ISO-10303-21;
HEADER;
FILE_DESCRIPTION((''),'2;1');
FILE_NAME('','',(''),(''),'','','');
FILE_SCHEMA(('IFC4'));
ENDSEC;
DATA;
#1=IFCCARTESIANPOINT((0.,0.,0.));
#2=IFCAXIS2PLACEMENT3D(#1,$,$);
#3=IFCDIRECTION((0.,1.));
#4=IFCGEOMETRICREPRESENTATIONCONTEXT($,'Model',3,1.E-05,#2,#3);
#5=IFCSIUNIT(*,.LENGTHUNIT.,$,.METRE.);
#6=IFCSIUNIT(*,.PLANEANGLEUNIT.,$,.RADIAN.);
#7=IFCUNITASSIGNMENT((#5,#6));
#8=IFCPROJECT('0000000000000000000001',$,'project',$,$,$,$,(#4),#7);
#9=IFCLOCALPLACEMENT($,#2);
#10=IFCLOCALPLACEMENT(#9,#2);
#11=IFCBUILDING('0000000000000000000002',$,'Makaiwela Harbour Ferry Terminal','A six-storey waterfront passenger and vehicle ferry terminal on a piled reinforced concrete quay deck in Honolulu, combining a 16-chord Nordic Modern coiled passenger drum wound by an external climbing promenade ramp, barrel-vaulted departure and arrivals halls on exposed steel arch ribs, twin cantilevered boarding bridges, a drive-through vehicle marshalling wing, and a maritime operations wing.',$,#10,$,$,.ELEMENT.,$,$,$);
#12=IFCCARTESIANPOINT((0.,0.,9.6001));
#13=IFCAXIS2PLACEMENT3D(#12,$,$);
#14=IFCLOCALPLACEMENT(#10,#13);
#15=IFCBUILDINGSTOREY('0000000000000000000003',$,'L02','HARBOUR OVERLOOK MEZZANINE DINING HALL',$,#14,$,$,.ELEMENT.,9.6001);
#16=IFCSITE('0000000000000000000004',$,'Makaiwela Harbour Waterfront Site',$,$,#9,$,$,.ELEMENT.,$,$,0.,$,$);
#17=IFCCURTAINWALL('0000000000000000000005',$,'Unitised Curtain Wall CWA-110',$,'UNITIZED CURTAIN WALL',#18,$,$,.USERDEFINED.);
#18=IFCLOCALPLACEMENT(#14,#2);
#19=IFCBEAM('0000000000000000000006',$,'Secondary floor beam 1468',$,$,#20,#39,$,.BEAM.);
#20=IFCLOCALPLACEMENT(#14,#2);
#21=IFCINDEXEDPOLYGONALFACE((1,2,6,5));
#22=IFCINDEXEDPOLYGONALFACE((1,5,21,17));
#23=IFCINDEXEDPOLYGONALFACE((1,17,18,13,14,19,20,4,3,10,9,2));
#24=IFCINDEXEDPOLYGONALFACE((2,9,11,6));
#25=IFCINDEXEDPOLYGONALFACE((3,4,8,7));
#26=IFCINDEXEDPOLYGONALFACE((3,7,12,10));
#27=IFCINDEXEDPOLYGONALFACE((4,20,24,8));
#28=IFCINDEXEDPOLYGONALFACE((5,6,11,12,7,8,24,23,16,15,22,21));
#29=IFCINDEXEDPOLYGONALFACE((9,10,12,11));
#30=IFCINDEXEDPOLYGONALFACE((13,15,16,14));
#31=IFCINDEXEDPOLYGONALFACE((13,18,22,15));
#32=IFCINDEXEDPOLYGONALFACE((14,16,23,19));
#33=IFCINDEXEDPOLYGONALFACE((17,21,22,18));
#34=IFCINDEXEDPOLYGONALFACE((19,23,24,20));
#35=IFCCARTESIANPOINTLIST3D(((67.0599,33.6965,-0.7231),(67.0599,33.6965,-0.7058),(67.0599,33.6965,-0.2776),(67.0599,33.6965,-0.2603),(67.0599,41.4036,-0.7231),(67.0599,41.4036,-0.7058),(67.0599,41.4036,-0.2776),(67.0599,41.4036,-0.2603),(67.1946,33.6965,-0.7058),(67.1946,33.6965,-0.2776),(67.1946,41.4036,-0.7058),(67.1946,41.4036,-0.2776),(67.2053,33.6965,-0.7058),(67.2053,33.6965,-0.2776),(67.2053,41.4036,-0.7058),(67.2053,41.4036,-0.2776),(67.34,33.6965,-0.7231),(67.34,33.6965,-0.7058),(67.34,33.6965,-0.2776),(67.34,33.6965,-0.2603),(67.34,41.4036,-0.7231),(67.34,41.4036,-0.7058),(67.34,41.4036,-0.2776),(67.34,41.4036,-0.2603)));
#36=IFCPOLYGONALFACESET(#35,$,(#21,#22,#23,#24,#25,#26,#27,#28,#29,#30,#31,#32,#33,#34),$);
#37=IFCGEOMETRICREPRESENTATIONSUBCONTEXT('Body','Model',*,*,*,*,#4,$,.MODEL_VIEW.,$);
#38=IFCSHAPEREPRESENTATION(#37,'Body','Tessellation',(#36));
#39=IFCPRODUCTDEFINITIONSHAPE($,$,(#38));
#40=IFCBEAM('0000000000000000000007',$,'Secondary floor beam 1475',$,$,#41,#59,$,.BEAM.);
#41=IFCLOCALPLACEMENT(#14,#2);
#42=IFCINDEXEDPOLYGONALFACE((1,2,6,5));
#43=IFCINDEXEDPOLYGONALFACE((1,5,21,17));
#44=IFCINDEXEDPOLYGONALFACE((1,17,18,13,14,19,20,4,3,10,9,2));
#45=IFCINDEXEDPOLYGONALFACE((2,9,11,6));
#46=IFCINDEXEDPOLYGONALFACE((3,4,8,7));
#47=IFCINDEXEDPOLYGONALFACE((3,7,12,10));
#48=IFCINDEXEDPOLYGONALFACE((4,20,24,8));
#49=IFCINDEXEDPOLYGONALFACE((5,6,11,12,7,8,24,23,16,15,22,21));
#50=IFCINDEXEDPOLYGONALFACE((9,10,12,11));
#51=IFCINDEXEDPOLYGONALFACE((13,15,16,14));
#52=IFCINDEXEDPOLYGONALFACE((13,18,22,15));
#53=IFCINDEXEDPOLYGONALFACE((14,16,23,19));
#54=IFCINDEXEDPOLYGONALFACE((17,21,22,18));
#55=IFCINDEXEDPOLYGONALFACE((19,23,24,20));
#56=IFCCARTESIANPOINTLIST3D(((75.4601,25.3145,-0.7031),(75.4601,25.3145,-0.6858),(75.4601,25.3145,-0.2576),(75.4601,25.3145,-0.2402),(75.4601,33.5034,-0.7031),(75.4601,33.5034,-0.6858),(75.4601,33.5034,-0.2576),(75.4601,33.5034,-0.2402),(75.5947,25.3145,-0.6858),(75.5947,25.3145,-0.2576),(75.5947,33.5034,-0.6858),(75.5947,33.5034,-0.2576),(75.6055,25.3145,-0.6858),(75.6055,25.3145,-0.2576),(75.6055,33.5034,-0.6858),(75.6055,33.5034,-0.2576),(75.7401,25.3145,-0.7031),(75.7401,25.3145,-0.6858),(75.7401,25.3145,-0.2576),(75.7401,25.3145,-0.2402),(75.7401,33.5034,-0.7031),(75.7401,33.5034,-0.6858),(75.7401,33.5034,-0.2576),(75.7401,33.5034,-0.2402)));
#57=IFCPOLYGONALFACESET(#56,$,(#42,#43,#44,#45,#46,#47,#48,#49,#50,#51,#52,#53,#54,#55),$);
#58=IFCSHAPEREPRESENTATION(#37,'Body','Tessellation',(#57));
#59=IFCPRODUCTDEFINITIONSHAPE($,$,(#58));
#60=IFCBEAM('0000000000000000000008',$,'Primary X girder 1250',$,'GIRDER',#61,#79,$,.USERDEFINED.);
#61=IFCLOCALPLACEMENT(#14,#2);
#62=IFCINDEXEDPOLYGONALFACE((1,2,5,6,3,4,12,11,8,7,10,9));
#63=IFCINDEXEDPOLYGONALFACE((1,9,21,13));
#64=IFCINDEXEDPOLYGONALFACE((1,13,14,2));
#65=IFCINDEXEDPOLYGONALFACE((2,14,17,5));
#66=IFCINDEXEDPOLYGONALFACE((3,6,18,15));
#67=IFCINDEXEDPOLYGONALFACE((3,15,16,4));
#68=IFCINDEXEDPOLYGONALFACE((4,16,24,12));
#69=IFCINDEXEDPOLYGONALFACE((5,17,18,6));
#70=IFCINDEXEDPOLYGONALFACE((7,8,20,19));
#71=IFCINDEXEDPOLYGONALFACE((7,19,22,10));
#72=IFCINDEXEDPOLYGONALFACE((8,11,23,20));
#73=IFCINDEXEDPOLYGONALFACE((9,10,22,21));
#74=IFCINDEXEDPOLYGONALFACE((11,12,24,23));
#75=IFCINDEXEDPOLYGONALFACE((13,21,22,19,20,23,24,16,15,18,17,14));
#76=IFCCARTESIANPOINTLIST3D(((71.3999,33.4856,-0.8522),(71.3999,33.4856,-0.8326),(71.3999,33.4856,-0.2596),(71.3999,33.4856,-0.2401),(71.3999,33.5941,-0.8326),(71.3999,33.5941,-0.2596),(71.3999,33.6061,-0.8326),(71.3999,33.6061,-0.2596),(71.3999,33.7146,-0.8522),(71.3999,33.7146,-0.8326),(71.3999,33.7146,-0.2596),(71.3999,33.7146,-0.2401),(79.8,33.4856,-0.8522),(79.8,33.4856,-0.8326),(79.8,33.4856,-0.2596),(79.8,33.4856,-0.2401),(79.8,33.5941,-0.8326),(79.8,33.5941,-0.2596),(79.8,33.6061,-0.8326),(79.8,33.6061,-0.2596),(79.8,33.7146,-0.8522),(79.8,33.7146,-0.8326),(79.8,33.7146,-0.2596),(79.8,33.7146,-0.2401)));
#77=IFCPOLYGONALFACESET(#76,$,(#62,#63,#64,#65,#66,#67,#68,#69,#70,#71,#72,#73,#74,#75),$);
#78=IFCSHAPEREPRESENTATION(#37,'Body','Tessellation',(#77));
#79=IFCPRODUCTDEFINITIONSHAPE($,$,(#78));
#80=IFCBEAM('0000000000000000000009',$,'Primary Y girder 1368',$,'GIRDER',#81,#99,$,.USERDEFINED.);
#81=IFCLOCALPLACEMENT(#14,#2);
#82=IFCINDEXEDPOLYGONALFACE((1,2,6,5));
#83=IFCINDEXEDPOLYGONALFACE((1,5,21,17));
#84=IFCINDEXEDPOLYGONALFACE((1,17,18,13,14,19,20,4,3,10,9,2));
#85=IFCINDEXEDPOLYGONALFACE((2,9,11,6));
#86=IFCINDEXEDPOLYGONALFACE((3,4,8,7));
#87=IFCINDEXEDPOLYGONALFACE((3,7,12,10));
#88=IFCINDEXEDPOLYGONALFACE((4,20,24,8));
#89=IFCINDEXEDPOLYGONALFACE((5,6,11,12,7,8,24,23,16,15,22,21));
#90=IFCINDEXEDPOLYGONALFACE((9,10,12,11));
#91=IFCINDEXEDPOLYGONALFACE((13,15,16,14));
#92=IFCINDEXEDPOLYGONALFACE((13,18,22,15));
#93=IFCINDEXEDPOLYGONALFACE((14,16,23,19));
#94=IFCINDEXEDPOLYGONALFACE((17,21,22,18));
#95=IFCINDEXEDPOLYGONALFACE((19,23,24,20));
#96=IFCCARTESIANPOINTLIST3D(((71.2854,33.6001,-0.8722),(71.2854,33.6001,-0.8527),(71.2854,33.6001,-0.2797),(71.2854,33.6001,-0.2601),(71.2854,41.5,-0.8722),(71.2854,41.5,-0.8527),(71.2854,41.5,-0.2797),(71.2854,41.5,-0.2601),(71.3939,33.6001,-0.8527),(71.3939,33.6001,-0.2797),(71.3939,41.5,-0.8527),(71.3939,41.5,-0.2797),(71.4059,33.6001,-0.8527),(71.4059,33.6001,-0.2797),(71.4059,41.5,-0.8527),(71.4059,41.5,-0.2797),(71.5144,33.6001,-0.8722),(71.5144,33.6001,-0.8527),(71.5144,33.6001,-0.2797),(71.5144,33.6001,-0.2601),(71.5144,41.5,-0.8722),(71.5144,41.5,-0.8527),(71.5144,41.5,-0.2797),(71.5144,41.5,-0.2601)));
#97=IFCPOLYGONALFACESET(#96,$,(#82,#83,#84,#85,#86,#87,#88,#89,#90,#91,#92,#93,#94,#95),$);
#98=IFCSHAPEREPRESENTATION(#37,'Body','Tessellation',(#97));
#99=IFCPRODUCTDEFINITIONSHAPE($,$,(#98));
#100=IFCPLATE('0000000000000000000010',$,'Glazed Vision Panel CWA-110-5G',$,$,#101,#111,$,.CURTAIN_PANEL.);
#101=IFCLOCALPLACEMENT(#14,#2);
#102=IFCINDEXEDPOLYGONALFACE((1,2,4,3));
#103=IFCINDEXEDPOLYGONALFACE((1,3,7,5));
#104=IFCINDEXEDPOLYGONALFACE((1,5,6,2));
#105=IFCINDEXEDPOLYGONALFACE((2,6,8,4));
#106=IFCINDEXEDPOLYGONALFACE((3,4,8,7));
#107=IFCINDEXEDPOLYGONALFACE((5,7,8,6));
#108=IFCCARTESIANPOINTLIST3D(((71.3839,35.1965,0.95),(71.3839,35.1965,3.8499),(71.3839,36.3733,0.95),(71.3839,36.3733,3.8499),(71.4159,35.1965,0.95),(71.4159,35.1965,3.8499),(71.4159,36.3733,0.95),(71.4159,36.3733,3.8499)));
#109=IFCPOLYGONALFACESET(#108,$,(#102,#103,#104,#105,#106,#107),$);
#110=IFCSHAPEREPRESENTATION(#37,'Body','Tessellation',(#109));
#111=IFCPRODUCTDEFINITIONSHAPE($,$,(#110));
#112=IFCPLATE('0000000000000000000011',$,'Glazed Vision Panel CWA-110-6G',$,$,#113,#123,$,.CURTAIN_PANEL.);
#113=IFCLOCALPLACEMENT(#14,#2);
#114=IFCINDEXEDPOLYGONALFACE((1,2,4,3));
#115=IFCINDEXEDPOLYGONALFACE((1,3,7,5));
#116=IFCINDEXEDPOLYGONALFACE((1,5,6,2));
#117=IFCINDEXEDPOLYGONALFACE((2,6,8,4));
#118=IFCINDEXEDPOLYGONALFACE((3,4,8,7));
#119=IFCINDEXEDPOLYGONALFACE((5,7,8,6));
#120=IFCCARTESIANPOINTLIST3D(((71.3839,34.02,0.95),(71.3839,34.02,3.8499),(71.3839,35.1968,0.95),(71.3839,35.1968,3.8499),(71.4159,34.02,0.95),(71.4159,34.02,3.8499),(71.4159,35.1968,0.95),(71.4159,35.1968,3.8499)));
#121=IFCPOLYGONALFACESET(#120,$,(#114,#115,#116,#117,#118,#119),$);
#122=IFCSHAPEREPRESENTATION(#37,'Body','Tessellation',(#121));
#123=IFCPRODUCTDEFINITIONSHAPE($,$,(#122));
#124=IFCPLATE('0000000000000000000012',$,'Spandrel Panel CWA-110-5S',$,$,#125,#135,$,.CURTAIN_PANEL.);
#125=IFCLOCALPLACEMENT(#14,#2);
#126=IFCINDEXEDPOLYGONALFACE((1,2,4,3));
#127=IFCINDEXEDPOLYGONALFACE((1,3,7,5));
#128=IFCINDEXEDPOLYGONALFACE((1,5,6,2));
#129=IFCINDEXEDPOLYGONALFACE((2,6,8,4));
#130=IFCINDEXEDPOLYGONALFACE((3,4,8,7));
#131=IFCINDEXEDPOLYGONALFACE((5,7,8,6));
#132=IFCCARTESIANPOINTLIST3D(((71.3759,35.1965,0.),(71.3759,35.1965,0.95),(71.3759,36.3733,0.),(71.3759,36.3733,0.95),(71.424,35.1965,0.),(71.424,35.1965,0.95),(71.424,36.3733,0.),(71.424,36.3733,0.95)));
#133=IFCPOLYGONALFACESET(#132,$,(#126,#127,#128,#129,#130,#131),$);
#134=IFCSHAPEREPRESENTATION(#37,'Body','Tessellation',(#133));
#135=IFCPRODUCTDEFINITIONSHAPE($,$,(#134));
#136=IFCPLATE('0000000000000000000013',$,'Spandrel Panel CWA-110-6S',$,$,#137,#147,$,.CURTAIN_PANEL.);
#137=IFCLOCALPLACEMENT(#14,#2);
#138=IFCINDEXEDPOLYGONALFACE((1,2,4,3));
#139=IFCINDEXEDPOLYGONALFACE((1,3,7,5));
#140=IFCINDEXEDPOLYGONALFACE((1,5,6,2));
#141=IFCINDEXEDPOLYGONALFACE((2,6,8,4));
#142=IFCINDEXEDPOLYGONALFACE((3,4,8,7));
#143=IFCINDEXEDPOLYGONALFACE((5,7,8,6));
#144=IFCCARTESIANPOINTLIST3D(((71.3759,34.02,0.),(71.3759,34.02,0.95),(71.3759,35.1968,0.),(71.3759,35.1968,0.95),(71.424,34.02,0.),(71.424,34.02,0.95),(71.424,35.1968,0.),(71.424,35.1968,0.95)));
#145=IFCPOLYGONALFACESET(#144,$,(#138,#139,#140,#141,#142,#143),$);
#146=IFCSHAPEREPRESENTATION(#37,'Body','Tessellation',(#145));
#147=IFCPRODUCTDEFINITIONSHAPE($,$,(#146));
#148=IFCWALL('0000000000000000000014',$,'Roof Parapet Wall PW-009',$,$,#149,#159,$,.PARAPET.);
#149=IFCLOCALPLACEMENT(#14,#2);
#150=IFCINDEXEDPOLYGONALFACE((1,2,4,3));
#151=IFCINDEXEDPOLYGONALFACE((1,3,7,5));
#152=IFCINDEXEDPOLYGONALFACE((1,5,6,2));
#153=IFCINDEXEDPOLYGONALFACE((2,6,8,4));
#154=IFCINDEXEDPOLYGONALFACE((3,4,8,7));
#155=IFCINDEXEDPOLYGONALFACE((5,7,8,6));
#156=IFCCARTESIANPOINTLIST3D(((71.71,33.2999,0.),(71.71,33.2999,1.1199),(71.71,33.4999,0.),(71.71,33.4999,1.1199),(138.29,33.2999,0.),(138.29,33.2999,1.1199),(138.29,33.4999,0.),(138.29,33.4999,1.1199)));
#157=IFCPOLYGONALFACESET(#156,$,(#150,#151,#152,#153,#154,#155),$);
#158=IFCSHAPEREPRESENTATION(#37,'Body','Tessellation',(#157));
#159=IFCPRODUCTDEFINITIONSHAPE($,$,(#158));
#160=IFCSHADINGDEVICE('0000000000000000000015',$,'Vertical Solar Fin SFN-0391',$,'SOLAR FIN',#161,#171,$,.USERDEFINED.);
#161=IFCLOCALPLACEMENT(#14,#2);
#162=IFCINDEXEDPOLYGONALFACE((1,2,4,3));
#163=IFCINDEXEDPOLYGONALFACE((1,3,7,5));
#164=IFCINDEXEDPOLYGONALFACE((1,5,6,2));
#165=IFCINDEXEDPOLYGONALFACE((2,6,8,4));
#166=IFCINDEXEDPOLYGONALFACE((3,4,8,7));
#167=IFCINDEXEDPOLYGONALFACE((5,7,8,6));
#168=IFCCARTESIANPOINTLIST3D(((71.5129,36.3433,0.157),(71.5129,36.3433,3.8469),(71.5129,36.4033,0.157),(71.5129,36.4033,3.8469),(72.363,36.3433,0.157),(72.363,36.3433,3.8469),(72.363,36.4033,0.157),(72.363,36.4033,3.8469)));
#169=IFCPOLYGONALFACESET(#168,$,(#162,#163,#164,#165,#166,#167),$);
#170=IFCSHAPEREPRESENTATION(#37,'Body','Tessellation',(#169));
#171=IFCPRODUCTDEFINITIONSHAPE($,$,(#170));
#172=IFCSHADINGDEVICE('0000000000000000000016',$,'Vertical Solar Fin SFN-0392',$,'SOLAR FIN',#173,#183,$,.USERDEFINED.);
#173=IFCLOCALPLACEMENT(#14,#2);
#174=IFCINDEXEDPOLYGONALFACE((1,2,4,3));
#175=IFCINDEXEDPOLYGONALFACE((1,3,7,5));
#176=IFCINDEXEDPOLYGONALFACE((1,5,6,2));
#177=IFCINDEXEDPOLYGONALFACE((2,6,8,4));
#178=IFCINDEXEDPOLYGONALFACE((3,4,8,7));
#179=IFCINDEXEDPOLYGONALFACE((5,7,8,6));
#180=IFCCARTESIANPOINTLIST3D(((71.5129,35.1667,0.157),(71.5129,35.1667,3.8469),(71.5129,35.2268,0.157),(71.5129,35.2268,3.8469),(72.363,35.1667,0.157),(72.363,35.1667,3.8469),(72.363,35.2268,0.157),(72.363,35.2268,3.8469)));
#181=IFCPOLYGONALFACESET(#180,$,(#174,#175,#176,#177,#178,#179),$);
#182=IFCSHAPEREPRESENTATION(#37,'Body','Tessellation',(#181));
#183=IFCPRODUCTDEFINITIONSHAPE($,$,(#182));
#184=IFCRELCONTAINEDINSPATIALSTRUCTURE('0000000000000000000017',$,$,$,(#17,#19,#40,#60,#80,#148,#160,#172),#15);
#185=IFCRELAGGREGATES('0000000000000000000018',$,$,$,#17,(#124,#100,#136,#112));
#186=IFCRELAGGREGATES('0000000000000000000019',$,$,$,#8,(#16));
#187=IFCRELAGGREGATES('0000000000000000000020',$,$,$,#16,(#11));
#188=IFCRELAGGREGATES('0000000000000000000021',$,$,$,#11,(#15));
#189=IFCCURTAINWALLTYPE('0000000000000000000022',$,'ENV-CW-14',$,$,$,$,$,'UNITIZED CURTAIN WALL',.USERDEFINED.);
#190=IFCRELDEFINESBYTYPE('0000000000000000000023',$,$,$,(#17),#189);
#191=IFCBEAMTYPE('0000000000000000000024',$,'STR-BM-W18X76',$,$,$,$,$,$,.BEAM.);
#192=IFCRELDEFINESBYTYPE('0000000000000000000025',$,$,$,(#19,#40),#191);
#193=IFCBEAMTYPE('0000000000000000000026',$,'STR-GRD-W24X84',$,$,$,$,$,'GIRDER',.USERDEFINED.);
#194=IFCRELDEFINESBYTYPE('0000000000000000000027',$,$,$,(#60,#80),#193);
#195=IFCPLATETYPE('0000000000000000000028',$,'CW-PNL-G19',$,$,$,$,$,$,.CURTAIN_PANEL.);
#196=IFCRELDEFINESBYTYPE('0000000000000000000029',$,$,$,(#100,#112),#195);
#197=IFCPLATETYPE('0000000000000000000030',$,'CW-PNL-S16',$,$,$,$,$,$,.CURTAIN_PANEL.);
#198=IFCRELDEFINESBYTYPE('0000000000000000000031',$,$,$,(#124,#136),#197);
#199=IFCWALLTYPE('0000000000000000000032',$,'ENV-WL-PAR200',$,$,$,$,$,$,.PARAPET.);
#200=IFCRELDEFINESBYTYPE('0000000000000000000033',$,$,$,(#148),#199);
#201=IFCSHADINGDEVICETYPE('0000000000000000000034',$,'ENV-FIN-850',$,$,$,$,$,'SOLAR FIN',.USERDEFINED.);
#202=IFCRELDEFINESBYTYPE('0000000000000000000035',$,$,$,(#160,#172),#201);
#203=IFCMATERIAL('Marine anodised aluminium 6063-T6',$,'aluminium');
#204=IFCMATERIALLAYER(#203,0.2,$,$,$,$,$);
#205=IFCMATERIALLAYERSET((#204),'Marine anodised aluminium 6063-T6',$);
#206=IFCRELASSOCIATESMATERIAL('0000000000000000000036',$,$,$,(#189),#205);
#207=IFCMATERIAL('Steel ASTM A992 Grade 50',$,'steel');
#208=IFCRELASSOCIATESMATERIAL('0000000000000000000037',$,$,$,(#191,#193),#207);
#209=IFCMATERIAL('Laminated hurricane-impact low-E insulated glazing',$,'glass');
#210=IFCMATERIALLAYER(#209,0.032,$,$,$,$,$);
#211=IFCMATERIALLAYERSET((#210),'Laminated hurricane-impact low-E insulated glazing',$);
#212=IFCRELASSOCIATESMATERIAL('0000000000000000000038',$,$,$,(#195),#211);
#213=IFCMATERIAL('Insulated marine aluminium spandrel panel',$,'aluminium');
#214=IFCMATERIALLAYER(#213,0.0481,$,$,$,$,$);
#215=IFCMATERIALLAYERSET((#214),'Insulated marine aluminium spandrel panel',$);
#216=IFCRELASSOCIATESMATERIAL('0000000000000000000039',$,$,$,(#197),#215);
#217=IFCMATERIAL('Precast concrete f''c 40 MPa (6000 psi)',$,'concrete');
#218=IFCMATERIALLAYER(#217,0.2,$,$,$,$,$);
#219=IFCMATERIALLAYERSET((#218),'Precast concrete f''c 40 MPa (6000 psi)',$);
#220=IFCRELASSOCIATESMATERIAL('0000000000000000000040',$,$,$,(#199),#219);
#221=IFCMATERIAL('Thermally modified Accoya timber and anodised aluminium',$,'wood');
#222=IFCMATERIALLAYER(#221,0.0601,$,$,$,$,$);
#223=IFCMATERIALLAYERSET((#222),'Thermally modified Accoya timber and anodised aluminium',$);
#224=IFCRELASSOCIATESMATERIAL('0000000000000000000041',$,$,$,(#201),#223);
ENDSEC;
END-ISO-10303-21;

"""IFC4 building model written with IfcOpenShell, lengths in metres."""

from ifc_helpers import new_model, si_unit, direction, frame, frame_2d, origin, origin_2d, place, context, subcontext, project, spatial, rectangle, i_section, extrude, material, layer, layer_set, material_profile, profile_set, type_object, element, aggregate, save


model = new_model("IFC4")

# Units and contexts
model_context = context("Model", 3, precision=1e-05, world=origin(), true_north=direction((0.0, 1.0)))
body_context = subcontext(model_context, "Body", "Model", "MODEL_VIEW")
ifc_project = project(units=[si_unit("LENGTHUNIT", "METRE"), si_unit("PLANEANGLEUNIT", "RADIAN")], contexts=[model_context])

# Site, building, storey
site_placement = place(None, origin())
site = spatial("IfcSite", under=ifc_project, at=site_placement, Name="Makaiwela Harbour Waterfront Site", CompositionType="ELEMENT", RefElevation=0.0)
building_placement = place(site_placement, origin())
building = spatial("IfcBuilding", under=site, at=building_placement, Name="Makaiwela Harbour Ferry Terminal", Description="A six-storey waterfront passenger and vehicle ferry terminal on a piled reinforced concrete quay deck in Honolulu, combining a 16-chord Nordic Modern coiled passenger drum wound by an external climbing promenade ramp, barrel-vaulted departure and arrivals halls on exposed steel arch ribs, twin cantilevered boarding bridges, a drive-through vehicle marshalling wing, and a maritime operations wing.", CompositionType="ELEMENT")
storey_placement = place(building_placement, frame((0.0, 0.0, 9.6001)))
storey = spatial("IfcBuildingStorey", under=building, at=storey_placement, Name="L02", Description="HARBOUR OVERLOOK MEZZANINE DINING HALL", CompositionType="ELEMENT", Elevation=9.6001)

# Curtain wall
ifc_material_1 = material(Name="Marine anodised aluminium 6063-T6", Category="aluminium")
ifc_layer_1 = layer(ifc_material_1, 0.2)
ifc_layer_set_1 = layer_set([ifc_layer_1], Name="Marine anodised aluminium 6063-T6")
curtain_wall_type = type_object("IfcCurtainWallType", Name="ENV-CW-14", ElementType="UNITIZED CURTAIN WALL", PredefinedType="USERDEFINED", material=ifc_layer_set_1)
curtain_wall_placement = place(storey_placement, origin())
curtain_wall = element("IfcCurtainWall", 1, at=curtain_wall_placement, inside=storey, type_object=curtain_wall_type, Name="Unitised Curtain Wall CWA-110", ObjectType="UNITIZED CURTAIN WALL", PredefinedType="USERDEFINED")

# Beams
ifc_material_2 = material(Name="Steel ASTM A992 Grade 50", Category="steel")
ifc_material_profile_1 = material_profile(ifc_material_2, i_section(OverallWidth=0.28, OverallDepth=0.4629, WebThickness=0.0107, FlangeThickness=0.0173, at=origin_2d()), Name="W18X76")
ifc_profile_set_1 = profile_set([ifc_material_profile_1], Name="Steel ASTM A992 Grade 50")
beam_type_1 = type_object("IfcBeamType", Name="STR-BM-W18X76", PredefinedType="BEAM", material=ifc_profile_set_1)
beam_1_placement = place(storey_placement, frame((67.2, 33.6965, -0.4917), z_axis=(0.0, 1.0, 0.0), x_axis=(-1.0, 0.0, 0.0)))
element("IfcBeam", 2, at=beam_1_placement, inside=storey, type_object=beam_type_1, Name="Secondary floor beam 1468", PredefinedType="BEAM", context=body_context, shape_type="SweptSolid", body=[
    extrude(i_section(OverallWidth=0.28, OverallDepth=0.4629, WebThickness=0.0107, FlangeThickness=0.0173, at=origin_2d()), origin(), (0.0, 0.0, 1.0), 7.707),
])
beam_2_placement = place(storey_placement, frame((75.6001, 25.3145, -0.4717), z_axis=(0.0, 1.0, 0.0), x_axis=(-1.0, 0.0, 0.0)))
element("IfcBeam", 3, at=beam_2_placement, inside=storey, type_object=beam_type_1, Name="Secondary floor beam 1475", PredefinedType="BEAM", context=body_context, shape_type="SweptSolid", body=[
    extrude(i_section(OverallWidth=0.28, OverallDepth=0.4629, WebThickness=0.0107, FlangeThickness=0.0173, at=origin_2d()), origin(), (0.0, 0.0, 1.0), 8.189),
])
ifc_material_profile_2 = material_profile(ifc_material_2, i_section(OverallWidth=0.229, OverallDepth=0.6121, WebThickness=0.012, FlangeThickness=0.0195, at=origin_2d()), Name="W24X84")
ifc_profile_set_2 = profile_set([ifc_material_profile_2], Name="Steel ASTM A992 Grade 50")
beam_type_2 = type_object("IfcBeamType", Name="STR-GRD-W24X84", ElementType="GIRDER", PredefinedType="USERDEFINED", material=ifc_profile_set_2)
beam_3_placement = place(storey_placement, frame((71.3999, 33.6001, -0.5461), z_axis=(1.0, 0.0, 0.0), x_axis=(0.0, 1.0, 0.0)))
element("IfcBeam", 4, at=beam_3_placement, inside=storey, type_object=beam_type_2, Name="Primary X girder 1250", ObjectType="GIRDER", PredefinedType="USERDEFINED", context=body_context, shape_type="SweptSolid", body=[
    extrude(i_section(OverallWidth=0.229, OverallDepth=0.6121, WebThickness=0.012, FlangeThickness=0.0195, at=origin_2d()), origin(), (0.0, 0.0, 1.0), 8.4001),
])
beam_4_placement = place(storey_placement, frame((71.3999, 33.6001, -0.5662), z_axis=(0.0, 1.0, 0.0), x_axis=(-1.0, 0.0, 0.0)))
element("IfcBeam", 5, at=beam_4_placement, inside=storey, type_object=beam_type_2, Name="Primary Y girder 1368", ObjectType="GIRDER", PredefinedType="USERDEFINED", context=body_context, shape_type="SweptSolid", body=[
    extrude(i_section(OverallWidth=0.229, OverallDepth=0.6121, WebThickness=0.012, FlangeThickness=0.0195, at=origin_2d()), origin(), (0.0, 0.0, 1.0), 7.8999),
])

# Plates
ifc_material_3 = material(Name="Laminated hurricane-impact low-E insulated glazing", Category="glass")
ifc_layer_2 = layer(ifc_material_3, 0.032)
ifc_layer_set_2 = layer_set([ifc_layer_2], Name="Laminated hurricane-impact low-E insulated glazing")
plate_type_1 = type_object("IfcPlateType", Name="CW-PNL-G19", PredefinedType="CURTAIN_PANEL", material=ifc_layer_set_2)
plate_1_placement = place(storey_placement, frame((71.3999, 35.7849, 0.95), z_axis=(0.0, 0.0, 1.0), x_axis=(0.0, -1.0, 0.0)))
plate_1 = element("IfcPlate", 6, at=plate_1_placement, type_object=plate_type_1, Name="Glazed Vision Panel CWA-110-5G", PredefinedType="CURTAIN_PANEL", context=body_context, shape_type="SweptSolid", body=[
    extrude(rectangle(XDim=1.1768, YDim=0.032, at=origin_2d()), origin(), (0.0, 0.0, 1.0), 2.8999),
])
plate_2_placement = place(storey_placement, frame((71.3999, 34.6084, 0.95), z_axis=(0.0, 0.0, 1.0), x_axis=(0.0, -1.0, 0.0)))
plate_2 = element("IfcPlate", 7, at=plate_2_placement, type_object=plate_type_1, Name="Glazed Vision Panel CWA-110-6G", PredefinedType="CURTAIN_PANEL", context=body_context, shape_type="SweptSolid", body=[
    extrude(rectangle(XDim=1.1768, YDim=0.032, at=origin_2d()), origin(), (0.0, 0.0, 1.0), 2.8999),
])
ifc_material_4 = material(Name="Insulated marine aluminium spandrel panel", Category="aluminium")
ifc_layer_3 = layer(ifc_material_4, 0.0481)
ifc_layer_set_3 = layer_set([ifc_layer_3], Name="Insulated marine aluminium spandrel panel")
plate_type_2 = type_object("IfcPlateType", Name="CW-PNL-S16", PredefinedType="CURTAIN_PANEL", material=ifc_layer_set_3)
plate_3_placement = place(storey_placement, frame((71.3999, 35.7849, 0.0), z_axis=(0.0, 0.0, 1.0), x_axis=(0.0, -1.0, 0.0)))
plate_3 = element("IfcPlate", 8, at=plate_3_placement, type_object=plate_type_2, Name="Spandrel Panel CWA-110-5S", PredefinedType="CURTAIN_PANEL", context=body_context, shape_type="SweptSolid", body=[
    extrude(rectangle(XDim=1.1768, YDim=0.0481, at=origin_2d()), origin(), (0.0, 0.0, 1.0), 0.95),
])
plate_4_placement = place(storey_placement, frame((71.3999, 34.6084, 0.0), z_axis=(0.0, 0.0, 1.0), x_axis=(0.0, -1.0, 0.0)))
plate_4 = element("IfcPlate", 9, at=plate_4_placement, type_object=plate_type_2, Name="Spandrel Panel CWA-110-6S", PredefinedType="CURTAIN_PANEL", context=body_context, shape_type="SweptSolid", body=[
    extrude(rectangle(XDim=1.1768, YDim=0.0481, at=origin_2d()), origin(), (0.0, 0.0, 1.0), 0.95),
])
aggregate(curtain_wall, [plate_3, plate_1, plate_4, plate_2])

# Wall
ifc_material_5 = material(Name="Precast concrete f'c 40 MPa (6000 psi)", Category="concrete")
ifc_layer_4 = layer(ifc_material_5, 0.2)
ifc_layer_set_4 = layer_set([ifc_layer_4], Name="Precast concrete f'c 40 MPa (6000 psi)")
wall_type = type_object("IfcWallType", Name="ENV-WL-PAR200", PredefinedType="PARAPET", material=ifc_layer_set_4)
wall_placement = place(storey_placement, frame((71.71, 33.3999, 0.0), z_axis=(0.0, 0.0, 1.0), x_axis=(1.0, 0.0, 0.0)))
element("IfcWall", 10, at=wall_placement, inside=storey, type_object=wall_type, Name="Roof Parapet Wall PW-009", PredefinedType="PARAPET", context=body_context, shape_type="SweptSolid", body=[
    extrude(rectangle(XDim=66.5801, YDim=0.2, at=frame_2d((33.29, 0.0))), origin(), (0.0, 0.0, 1.0), 1.1199),
])

# Shading devices
ifc_material_6 = material(Name="Thermally modified Accoya timber and anodised aluminium", Category="wood")
ifc_layer_5 = layer(ifc_material_6, 0.0601)
ifc_layer_set_5 = layer_set([ifc_layer_5], Name="Thermally modified Accoya timber and anodised aluminium")
shading_device_type = type_object("IfcShadingDeviceType", Name="ENV-FIN-850", ElementType="SOLAR FIN", PredefinedType="USERDEFINED", material=ifc_layer_set_5)
for number, where, z_axis, x_axis, name in (
    (11, (71.938, 36.3733, 0.157), (0.0, 0.0, 1.0), (1.0, 0.0, 0.0), "Vertical Solar Fin SFN-0391"),
    (12, (71.938, 35.1968, 0.157), (0.0, 0.0, 1.0), (1.0, 0.0, 0.0), "Vertical Solar Fin SFN-0392"),
):
    element("IfcShadingDevice", number, at=place(storey_placement, frame(where, z_axis=z_axis, x_axis=x_axis)), inside=storey, type_object=shading_device_type, Name=name, ObjectType="SOLAR FIN", PredefinedType="USERDEFINED", context=body_context, shape_type="SweptSolid", body=[
        extrude(rectangle(XDim=0.8501, YDim=0.0601, at=origin_2d()), origin(), (0.0, 0.0, 1.0), 3.6899),
    ])

save(model, "model.ifc")
